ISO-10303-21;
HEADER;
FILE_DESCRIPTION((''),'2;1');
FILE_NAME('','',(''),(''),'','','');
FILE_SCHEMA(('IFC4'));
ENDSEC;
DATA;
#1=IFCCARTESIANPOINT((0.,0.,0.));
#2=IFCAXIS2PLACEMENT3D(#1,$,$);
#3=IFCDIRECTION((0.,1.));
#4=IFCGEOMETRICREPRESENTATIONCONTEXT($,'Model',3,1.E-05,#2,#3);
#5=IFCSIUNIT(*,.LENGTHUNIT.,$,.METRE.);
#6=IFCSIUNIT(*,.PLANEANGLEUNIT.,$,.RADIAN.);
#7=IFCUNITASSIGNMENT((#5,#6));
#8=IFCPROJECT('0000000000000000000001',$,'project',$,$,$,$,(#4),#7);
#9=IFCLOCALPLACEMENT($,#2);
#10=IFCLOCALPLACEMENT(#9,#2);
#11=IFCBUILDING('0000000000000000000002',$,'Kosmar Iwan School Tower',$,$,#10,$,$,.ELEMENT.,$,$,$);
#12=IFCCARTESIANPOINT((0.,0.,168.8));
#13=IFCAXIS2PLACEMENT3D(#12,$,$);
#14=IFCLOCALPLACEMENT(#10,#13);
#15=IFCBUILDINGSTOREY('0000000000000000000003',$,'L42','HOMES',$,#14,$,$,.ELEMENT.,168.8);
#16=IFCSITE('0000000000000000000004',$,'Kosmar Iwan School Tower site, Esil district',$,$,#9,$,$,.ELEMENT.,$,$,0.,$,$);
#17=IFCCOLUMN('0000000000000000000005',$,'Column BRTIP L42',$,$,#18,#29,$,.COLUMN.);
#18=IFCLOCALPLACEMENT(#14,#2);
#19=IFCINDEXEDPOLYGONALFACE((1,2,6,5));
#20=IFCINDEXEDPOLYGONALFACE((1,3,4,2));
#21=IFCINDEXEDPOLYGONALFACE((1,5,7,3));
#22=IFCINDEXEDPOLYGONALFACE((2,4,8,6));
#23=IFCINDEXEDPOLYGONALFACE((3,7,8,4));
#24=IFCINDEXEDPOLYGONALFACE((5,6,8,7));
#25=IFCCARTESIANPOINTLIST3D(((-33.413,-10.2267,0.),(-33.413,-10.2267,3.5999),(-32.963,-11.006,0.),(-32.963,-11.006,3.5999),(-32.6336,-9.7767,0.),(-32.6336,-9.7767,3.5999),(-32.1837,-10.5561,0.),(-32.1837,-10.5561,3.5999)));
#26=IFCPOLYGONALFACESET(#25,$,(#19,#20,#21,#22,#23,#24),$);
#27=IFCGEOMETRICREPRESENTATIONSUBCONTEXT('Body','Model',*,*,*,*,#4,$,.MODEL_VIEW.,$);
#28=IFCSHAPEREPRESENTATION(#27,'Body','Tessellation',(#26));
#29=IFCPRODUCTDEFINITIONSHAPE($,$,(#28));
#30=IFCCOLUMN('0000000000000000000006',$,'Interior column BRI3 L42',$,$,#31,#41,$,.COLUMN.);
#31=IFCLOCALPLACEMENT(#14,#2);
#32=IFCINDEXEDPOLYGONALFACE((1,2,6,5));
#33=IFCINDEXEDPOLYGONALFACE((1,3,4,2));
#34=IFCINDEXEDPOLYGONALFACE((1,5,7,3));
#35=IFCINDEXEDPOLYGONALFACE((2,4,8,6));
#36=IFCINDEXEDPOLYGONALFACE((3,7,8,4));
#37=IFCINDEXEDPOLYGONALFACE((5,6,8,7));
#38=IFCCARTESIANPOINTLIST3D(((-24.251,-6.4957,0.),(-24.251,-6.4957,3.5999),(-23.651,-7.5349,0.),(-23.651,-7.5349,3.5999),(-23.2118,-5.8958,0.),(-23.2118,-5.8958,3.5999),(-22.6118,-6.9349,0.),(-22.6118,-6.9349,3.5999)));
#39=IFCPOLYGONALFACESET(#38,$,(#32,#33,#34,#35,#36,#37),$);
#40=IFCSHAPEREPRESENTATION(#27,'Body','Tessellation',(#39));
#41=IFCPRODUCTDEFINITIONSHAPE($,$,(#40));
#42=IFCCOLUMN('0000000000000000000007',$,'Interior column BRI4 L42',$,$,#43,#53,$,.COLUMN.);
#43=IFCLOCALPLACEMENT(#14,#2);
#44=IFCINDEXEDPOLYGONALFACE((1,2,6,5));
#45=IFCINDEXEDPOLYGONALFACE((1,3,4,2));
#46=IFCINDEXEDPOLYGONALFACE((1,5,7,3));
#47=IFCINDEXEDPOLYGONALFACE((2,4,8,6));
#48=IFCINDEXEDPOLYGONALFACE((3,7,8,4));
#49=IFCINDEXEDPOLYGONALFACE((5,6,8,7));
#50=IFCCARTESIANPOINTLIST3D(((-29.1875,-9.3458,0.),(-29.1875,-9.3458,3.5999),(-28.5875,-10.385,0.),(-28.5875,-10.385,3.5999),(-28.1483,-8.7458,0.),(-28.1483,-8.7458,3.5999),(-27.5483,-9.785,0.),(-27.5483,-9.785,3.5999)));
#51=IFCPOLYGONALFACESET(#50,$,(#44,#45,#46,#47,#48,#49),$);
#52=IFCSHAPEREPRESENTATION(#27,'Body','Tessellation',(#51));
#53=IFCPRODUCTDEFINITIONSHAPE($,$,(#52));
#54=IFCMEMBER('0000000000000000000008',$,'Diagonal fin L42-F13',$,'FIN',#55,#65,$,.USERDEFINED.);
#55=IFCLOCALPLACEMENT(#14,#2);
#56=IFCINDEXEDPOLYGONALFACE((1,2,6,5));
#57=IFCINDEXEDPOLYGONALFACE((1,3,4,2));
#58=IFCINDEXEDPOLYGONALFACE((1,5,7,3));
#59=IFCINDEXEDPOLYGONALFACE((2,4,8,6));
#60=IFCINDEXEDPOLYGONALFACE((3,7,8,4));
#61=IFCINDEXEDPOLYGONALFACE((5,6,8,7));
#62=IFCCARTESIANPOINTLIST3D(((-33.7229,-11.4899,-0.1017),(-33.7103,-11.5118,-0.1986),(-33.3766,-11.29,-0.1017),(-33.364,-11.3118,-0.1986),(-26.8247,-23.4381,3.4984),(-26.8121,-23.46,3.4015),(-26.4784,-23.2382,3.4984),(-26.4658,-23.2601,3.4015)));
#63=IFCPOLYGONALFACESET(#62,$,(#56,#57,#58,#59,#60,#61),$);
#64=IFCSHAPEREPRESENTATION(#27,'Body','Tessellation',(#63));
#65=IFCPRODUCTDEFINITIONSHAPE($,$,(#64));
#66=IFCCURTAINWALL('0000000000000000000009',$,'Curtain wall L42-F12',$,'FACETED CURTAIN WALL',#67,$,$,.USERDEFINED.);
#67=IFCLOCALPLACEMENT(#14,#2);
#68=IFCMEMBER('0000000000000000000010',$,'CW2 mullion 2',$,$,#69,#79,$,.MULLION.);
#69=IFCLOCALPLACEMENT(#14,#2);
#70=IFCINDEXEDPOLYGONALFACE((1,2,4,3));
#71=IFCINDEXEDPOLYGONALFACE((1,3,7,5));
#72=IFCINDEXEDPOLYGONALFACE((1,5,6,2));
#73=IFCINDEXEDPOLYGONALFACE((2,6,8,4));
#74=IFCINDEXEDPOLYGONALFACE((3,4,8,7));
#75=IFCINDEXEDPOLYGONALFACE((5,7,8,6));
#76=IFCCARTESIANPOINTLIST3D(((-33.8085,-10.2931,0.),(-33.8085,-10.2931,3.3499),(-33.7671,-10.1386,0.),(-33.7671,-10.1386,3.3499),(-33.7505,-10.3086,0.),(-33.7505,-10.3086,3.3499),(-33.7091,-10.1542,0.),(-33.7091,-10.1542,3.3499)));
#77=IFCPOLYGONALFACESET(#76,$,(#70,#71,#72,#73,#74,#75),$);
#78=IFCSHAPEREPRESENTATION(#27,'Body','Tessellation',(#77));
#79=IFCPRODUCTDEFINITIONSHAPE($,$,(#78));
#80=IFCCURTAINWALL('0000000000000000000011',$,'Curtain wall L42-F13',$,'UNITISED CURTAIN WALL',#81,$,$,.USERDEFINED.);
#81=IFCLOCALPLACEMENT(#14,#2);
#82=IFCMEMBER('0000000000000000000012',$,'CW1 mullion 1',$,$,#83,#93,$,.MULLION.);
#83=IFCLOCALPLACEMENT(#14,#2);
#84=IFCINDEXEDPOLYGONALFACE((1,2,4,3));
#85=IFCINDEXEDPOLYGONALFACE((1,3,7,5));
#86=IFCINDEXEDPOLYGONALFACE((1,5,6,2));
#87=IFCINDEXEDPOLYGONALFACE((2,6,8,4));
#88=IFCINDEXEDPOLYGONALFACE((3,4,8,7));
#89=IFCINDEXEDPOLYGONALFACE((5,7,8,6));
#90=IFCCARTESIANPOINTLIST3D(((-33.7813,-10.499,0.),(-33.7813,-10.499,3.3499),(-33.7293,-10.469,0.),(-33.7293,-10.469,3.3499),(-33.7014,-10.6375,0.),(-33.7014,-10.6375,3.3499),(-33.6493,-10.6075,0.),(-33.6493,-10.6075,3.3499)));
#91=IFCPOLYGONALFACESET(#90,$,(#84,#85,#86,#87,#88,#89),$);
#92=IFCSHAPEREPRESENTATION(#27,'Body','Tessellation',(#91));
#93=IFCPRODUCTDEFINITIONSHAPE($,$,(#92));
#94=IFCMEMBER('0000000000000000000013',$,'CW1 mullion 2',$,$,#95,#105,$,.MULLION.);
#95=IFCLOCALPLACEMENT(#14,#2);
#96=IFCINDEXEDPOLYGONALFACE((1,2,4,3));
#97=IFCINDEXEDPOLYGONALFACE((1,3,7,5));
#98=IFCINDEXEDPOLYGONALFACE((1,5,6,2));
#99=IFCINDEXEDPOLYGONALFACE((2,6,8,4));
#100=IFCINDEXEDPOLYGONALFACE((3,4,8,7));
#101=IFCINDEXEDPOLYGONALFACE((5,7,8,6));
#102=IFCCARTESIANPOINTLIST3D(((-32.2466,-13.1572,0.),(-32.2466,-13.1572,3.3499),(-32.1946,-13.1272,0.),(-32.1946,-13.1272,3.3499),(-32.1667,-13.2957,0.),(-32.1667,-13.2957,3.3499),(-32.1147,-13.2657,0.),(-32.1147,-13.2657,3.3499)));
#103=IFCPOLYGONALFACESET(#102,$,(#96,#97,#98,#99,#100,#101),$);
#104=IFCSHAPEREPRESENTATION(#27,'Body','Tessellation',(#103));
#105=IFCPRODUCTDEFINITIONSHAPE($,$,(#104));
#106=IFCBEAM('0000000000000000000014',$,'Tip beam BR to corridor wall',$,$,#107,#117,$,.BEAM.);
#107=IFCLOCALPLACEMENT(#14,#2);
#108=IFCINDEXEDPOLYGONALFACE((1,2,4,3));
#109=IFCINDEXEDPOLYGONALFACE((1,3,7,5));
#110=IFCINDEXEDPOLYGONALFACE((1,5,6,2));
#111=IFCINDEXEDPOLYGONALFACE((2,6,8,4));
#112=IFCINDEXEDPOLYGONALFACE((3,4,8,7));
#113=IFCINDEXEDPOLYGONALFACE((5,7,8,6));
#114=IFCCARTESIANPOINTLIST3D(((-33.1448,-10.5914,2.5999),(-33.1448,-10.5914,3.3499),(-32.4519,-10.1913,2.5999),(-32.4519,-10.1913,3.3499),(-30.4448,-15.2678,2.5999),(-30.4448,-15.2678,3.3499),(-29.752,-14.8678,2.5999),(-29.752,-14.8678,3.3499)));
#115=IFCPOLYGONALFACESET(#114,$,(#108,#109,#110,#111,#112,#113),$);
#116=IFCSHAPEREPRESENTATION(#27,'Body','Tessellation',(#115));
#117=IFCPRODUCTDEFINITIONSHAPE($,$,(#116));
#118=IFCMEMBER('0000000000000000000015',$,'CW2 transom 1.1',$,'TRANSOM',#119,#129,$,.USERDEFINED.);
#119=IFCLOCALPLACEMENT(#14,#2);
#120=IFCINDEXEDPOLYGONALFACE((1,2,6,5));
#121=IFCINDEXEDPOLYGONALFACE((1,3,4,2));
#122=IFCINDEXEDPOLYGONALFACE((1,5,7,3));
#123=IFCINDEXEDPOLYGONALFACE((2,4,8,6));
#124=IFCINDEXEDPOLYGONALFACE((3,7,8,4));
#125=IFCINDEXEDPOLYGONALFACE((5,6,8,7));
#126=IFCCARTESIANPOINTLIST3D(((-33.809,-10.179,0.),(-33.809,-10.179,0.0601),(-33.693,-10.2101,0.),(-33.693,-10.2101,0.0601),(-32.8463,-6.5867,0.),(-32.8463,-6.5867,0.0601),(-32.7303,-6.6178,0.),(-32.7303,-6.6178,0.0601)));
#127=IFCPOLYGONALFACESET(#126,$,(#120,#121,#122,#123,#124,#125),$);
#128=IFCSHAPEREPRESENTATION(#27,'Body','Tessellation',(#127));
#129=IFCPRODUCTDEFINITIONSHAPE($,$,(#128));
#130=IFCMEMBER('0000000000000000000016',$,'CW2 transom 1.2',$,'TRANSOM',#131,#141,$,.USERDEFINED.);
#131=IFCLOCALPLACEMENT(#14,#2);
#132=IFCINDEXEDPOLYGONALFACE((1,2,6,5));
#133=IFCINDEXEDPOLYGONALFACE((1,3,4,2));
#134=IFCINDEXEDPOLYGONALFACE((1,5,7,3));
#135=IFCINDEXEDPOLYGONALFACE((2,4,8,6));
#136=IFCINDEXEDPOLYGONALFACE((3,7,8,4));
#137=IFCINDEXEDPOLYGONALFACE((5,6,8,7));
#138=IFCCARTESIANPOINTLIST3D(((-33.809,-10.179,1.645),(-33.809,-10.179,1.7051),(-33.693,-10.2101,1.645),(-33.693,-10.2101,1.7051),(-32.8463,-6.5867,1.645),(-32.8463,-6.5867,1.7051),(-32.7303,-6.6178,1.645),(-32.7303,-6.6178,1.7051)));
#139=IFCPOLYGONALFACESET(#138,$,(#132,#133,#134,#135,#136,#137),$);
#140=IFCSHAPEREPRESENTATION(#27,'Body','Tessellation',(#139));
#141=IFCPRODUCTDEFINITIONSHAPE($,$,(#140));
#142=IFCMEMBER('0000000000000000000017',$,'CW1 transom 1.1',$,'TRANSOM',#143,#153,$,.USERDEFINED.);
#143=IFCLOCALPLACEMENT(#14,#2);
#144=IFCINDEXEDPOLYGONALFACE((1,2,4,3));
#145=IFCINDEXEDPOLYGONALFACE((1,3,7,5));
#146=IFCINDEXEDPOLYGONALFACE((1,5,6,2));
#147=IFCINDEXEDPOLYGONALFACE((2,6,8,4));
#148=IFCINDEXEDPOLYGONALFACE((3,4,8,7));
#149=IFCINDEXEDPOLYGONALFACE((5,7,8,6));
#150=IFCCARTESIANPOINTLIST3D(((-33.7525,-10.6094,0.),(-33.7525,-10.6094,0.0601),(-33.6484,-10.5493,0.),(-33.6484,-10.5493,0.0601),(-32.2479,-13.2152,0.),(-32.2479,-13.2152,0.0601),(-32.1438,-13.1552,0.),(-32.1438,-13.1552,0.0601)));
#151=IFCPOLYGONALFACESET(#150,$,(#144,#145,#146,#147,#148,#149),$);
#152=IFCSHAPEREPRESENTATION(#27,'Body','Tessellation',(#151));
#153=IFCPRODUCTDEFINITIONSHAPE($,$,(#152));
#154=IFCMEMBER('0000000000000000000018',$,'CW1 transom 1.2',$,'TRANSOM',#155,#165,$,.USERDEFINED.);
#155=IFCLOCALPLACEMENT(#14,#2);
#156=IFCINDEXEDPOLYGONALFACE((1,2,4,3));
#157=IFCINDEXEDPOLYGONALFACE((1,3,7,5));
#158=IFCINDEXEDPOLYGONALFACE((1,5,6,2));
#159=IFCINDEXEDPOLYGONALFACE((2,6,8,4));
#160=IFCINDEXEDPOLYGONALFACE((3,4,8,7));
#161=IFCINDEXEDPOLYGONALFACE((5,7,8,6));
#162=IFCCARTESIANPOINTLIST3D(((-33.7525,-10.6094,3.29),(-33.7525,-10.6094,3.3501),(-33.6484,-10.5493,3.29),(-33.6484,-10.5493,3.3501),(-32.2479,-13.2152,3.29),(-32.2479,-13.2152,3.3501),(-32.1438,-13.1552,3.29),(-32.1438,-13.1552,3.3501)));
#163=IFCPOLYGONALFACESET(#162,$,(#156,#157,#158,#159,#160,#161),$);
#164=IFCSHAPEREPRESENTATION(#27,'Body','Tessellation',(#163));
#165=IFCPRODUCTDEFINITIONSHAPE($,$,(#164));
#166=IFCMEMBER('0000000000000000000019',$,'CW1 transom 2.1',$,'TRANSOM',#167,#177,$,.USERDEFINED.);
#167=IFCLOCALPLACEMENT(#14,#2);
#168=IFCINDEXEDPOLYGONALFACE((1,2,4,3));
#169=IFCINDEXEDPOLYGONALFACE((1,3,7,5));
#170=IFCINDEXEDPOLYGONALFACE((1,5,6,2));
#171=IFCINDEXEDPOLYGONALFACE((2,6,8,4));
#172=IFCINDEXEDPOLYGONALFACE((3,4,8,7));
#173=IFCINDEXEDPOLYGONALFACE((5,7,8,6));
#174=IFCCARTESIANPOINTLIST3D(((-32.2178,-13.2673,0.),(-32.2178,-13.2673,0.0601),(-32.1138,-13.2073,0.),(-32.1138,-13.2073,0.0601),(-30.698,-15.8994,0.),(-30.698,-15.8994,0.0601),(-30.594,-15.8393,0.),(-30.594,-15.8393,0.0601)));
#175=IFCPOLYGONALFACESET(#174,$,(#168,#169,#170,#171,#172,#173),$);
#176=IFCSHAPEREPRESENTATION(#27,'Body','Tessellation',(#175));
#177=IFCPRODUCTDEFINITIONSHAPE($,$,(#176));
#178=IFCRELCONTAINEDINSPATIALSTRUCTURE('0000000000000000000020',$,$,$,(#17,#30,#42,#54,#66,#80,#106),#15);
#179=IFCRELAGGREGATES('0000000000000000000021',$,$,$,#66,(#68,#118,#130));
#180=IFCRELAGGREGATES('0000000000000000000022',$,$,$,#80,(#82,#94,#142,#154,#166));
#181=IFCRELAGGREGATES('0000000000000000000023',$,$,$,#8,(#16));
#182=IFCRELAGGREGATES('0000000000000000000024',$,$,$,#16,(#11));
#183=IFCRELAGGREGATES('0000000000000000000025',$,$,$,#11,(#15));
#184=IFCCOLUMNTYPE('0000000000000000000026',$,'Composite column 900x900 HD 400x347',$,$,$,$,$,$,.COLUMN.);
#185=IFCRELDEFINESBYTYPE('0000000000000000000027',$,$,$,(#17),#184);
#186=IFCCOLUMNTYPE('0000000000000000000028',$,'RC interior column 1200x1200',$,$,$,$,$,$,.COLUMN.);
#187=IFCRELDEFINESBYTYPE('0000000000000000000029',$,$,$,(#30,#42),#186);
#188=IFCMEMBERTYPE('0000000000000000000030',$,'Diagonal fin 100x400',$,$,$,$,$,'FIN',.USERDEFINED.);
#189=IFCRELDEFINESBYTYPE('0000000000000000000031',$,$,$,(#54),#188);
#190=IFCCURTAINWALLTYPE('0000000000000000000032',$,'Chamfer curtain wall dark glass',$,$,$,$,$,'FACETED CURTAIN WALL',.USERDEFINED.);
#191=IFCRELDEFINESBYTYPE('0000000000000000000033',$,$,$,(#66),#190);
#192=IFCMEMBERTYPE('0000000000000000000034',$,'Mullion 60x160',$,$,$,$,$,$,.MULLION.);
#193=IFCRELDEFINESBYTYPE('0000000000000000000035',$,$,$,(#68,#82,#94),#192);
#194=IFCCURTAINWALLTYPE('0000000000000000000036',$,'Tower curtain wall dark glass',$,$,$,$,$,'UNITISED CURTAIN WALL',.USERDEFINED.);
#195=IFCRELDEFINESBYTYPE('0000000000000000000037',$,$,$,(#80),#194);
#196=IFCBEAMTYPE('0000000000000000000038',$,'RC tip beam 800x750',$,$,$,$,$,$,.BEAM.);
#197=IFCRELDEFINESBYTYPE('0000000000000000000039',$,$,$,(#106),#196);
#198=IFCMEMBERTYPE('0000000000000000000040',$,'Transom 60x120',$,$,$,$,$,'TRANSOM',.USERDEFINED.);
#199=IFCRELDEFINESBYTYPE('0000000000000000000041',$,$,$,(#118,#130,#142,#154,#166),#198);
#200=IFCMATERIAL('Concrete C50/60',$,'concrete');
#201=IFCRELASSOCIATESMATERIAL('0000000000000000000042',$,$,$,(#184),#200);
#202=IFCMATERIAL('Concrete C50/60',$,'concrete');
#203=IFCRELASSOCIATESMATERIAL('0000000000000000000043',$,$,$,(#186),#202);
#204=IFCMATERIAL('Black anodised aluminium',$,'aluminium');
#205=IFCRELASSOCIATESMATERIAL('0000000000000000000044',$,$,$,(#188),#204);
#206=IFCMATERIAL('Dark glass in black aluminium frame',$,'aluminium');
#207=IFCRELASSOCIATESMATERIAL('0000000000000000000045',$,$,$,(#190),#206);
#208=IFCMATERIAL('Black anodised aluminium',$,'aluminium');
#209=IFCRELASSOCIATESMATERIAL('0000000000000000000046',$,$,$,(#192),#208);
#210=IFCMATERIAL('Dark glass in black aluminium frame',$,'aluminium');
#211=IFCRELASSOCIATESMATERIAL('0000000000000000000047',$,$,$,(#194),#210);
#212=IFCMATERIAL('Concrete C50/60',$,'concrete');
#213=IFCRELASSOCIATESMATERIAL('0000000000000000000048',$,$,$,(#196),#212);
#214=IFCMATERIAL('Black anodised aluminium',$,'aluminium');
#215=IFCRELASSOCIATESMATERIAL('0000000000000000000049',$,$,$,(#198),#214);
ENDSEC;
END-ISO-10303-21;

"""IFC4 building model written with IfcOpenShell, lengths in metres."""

from ifc_helpers import new_model, si_unit, direction, frame, origin, origin_2d, place, context, subcontext, project, spatial, rectangle, extrude, material, material_profile, profile_set, type_object, element, aggregate, save


model = new_model("IFC4")

# Units and contexts
model_context = context("Model", 3, precision=1e-05, world=origin(), true_north=direction((0.0, 1.0)))
body_context = subcontext(model_context, "Body", "Model", "MODEL_VIEW")
ifc_project = project(units=[si_unit("LENGTHUNIT", "METRE"), si_unit("PLANEANGLEUNIT", "RADIAN")], contexts=[model_context])

# Site, building, storey
site_placement = place(None, origin())
site = spatial("IfcSite", under=ifc_project, at=site_placement, Name="Kosmar Iwan School Tower site, Esil district", CompositionType="ELEMENT", RefElevation=0.0)
building_placement = place(site_placement, origin())
building = spatial("IfcBuilding", under=site, at=building_placement, Name="Kosmar Iwan School Tower", CompositionType="ELEMENT")
storey_placement = place(building_placement, frame((0.0, 0.0, 168.8)))
storey = spatial("IfcBuildingStorey", under=building, at=storey_placement, Name="L42", Description="HOMES", CompositionType="ELEMENT", Elevation=168.8)

# Columns
ifc_material_1 = material(Name="Concrete C50/60", Category="concrete")
ifc_material_profile_1 = material_profile(ifc_material_1, rectangle(XDim=0.8999, YDim=0.8999, at=origin_2d()), Name="RC 900x900 + HD 400x347")
ifc_profile_set_1 = profile_set([ifc_material_profile_1], Name="Concrete C50/60")
column_type_1 = type_object("IfcColumnType", Name="Composite column 900x900 HD 400x347", PredefinedType="COLUMN", material=ifc_profile_set_1)
column_placement = place(storey_placement, frame((-32.7983, -10.3914, 0.0), z_axis=(0.0, 0.0, 1.0), x_axis=(-0.866025, -0.5, 0.0)))
element("IfcColumn", 1, at=column_placement, inside=storey, type_object=column_type_1, Name="Column BRTIP L42", PredefinedType="COLUMN", context=body_context, shape_type="SweptSolid", body=[
    extrude(rectangle(XDim=0.8999, YDim=0.8999, at=origin_2d()), origin(), (0.0, 0.0, 1.0), 3.5999),
])
ifc_material_2 = material(Name="Concrete C50/60", Category="concrete")
ifc_material_profile_2 = material_profile(ifc_material_2, rectangle(XDim=1.2, YDim=1.2, at=origin_2d()), Name="RC 1200x1200")
ifc_profile_set_2 = profile_set([ifc_material_profile_2], Name="Concrete C50/60")
column_type_2 = type_object("IfcColumnType", Name="RC interior column 1200x1200", PredefinedType="COLUMN", material=ifc_profile_set_2)
for number, where, z_axis, x_axis, name in (
    (2, (-23.4314, -6.7153, 0.0), (0.0, 0.0, 1.0), (-0.866025, -0.5, 0.0), "Interior column BRI3 L42"),
    (3, (-28.3679, -9.5654, 0.0), (0.0, 0.0, 1.0), (-0.866025, -0.5, 0.0), "Interior column BRI4 L42"),
):
    element("IfcColumn", number, at=place(storey_placement, frame(where, z_axis=z_axis, x_axis=x_axis)), inside=storey, type_object=column_type_2, Name=name, PredefinedType="COLUMN", context=body_context, shape_type="SweptSolid", body=[
        extrude(rectangle(XDim=1.2, YDim=1.2, at=origin_2d()), origin(), (0.0, 0.0, 1.0), 3.5999),
    ])

# Member
ifc_material_3 = material(Name="Black anodised aluminium", Category="aluminium")
ifc_material_profile_3 = material_profile(ifc_material_3, rectangle(XDim=0.1001, YDim=0.3999, at=origin_2d()), Name="FIN 100x400")
ifc_profile_set_3 = profile_set([ifc_material_profile_3], Name="Black anodised aluminium")
member_type_1 = type_object("IfcMemberType", Name="Diagonal fin 100x400", ElementType="FIN", PredefinedType="USERDEFINED", material=ifc_profile_set_3)
member_1_placement = place(storey_placement, frame((-33.5435, -11.4009, -0.1501), z_axis=(0.483793, -0.83797, 0.252487), x_axis=(-0.126242, 0.218661, 0.9676)))
element("IfcMember", 4, at=member_1_placement, inside=storey, type_object=member_type_1, Name="Diagonal fin L42-F13", ObjectType="FIN", PredefinedType="USERDEFINED", context=body_context, shape_type="SweptSolid", body=[
    extrude(rectangle(XDim=0.1001, YDim=0.3999, at=origin_2d()), origin(), (0.0, 0.0, 1.0), 14.2585),
])

# Curtain wall, member
ifc_material_4 = material(Name="Dark glass in black aluminium frame", Category="aluminium")
curtain_wall_type_1 = type_object("IfcCurtainWallType", Name="Chamfer curtain wall dark glass", ElementType="FACETED CURTAIN WALL", PredefinedType="USERDEFINED", material=ifc_material_4)
curtain_wall_1_placement = place(storey_placement, origin())
curtain_wall_1 = element("IfcCurtainWall", 5, at=curtain_wall_1_placement, inside=storey, type_object=curtain_wall_type_1, Name="Curtain wall L42-F12", ObjectType="FACETED CURTAIN WALL", PredefinedType="USERDEFINED")
ifc_material_5 = material(Name="Black anodised aluminium", Category="aluminium")
ifc_material_profile_4 = material_profile(ifc_material_5, rectangle(XDim=0.0601, YDim=0.1599, at=origin_2d()), Name="MULLION 60x160")
ifc_profile_set_4 = profile_set([ifc_material_profile_4], Name="Black anodised aluminium")
member_type_2 = type_object("IfcMemberType", Name="Mullion 60x160", PredefinedType="MULLION", material=ifc_profile_set_4)
member_2_placement = place(storey_placement, frame((-33.7588, -10.2236, 0.0), z_axis=(0.0, 0.0, 1.0), x_axis=(0.965926, -0.258819, 0.0)))
member_2 = element("IfcMember", 6, at=member_2_placement, type_object=member_type_2, Name="CW2 mullion 2", PredefinedType="MULLION", context=body_context, shape_type="SweptSolid", body=[
    extrude(rectangle(XDim=0.0601, YDim=0.1599, at=origin_2d()), origin(), (0.0, 0.0, 1.0), 3.3499),
])

# Curtain wall, members
ifc_material_6 = material(Name="Dark glass in black aluminium frame", Category="aluminium")
curtain_wall_type_2 = type_object("IfcCurtainWallType", Name="Tower curtain wall dark glass", ElementType="UNITISED CURTAIN WALL", PredefinedType="USERDEFINED", material=ifc_material_6)
curtain_wall_2_placement = place(storey_placement, origin())
curtain_wall_2 = element("IfcCurtainWall", 7, at=curtain_wall_2_placement, inside=storey, type_object=curtain_wall_type_2, Name="Curtain wall L42-F13", ObjectType="UNITISED CURTAIN WALL", PredefinedType="USERDEFINED")
member_3_placement = place(storey_placement, frame((-33.7153, -10.5532, 0.0), z_axis=(0.0, 0.0, 1.0), x_axis=(0.866025, 0.5, 0.0)))
member_3 = element("IfcMember", 8, at=member_3_placement, type_object=member_type_2, Name="CW1 mullion 1", PredefinedType="MULLION", context=body_context, shape_type="SweptSolid", body=[
    extrude(rectangle(XDim=0.0601, YDim=0.1599, at=origin_2d()), origin(), (0.0, 0.0, 1.0), 3.3499),
])
member_4_placement = place(storey_placement, frame((-32.1807, -13.2114, 0.0), z_axis=(0.0, 0.0, 1.0), x_axis=(0.866025, 0.5, 0.0)))
member_4 = element("IfcMember", 9, at=member_4_placement, type_object=member_type_2, Name="CW1 mullion 2", PredefinedType="MULLION", context=body_context, shape_type="SweptSolid", body=[
    extrude(rectangle(XDim=0.0601, YDim=0.1599, at=origin_2d()), origin(), (0.0, 0.0, 1.0), 3.3499),
])

# Beam
ifc_material_7 = material(Name="Concrete C50/60", Category="concrete")
ifc_material_profile_5 = material_profile(ifc_material_7, rectangle(XDim=0.8, YDim=0.75, at=origin_2d()), Name="RC 800x750")
ifc_profile_set_5 = profile_set([ifc_material_profile_5], Name="Concrete C50/60")
beam_type = type_object("IfcBeamType", Name="RC tip beam 800x750", PredefinedType="BEAM", material=ifc_profile_set_5)
beam_placement = place(storey_placement, frame((-32.7983, -10.3914, 2.9749), z_axis=(0.499995, -0.866028, 0.0), x_axis=(0.866028, 0.499995, 0.0)))
element("IfcBeam", 10, at=beam_placement, inside=storey, type_object=beam_type, Name="Tip beam BR to corridor wall", PredefinedType="BEAM", context=body_context, shape_type="SweptSolid", body=[
    extrude(rectangle(XDim=0.8, YDim=0.75, at=origin_2d()), origin(), (0.0, 0.0, 1.0), 5.3999),
])

# Members
ifc_material_8 = material(Name="Black anodised aluminium", Category="aluminium")
ifc_material_profile_6 = material_profile(ifc_material_8, rectangle(XDim=0.1201, YDim=0.0601, at=origin_2d()), Name="TRANSOM 60x120")
ifc_profile_set_6 = profile_set([ifc_material_profile_6], Name="Black anodised aluminium")
member_type_3 = type_object("IfcMemberType", Name="Transom 60x120", ElementType="TRANSOM", PredefinedType="USERDEFINED", material=ifc_profile_set_6)
member_5_placement = place(storey_placement, frame((-32.7883, -6.6023, 0.03), z_axis=(-0.258843, -0.965919, 0.0), x_axis=(0.965919, -0.258843, 0.0)))
member_5 = element("IfcMember", 11, at=member_5_placement, type_object=member_type_3, Name="CW2 transom 1.1", ObjectType="TRANSOM", PredefinedType="USERDEFINED", context=body_context, shape_type="SweptSolid", body=[
    extrude(rectangle(XDim=0.1201, YDim=0.0601, at=origin_2d()), origin(), (0.0, 0.0, 1.0), 3.719),
])
member_6_placement = place(storey_placement, frame((-32.7883, -6.6023, 1.675), z_axis=(-0.258843, -0.965919, 0.0), x_axis=(0.965919, -0.258843, 0.0)))
member_6 = element("IfcMember", 12, at=member_6_placement, type_object=member_type_3, Name="CW2 transom 1.2", ObjectType="TRANSOM", PredefinedType="USERDEFINED", context=body_context, shape_type="SweptSolid", body=[
    extrude(rectangle(XDim=0.1201, YDim=0.0601, at=origin_2d()), origin(), (0.0, 0.0, 1.0), 3.719),
])
member_7_placement = place(storey_placement, frame((-33.7004, -10.5793, 0.03), z_axis=(0.500022, -0.866013, 0.0), x_axis=(0.866013, 0.500022, 0.0)))
member_7 = element("IfcMember", 13, at=member_7_placement, type_object=member_type_3, Name="CW1 transom 1.1", ObjectType="TRANSOM", PredefinedType="USERDEFINED", context=body_context, shape_type="SweptSolid", body=[
    extrude(rectangle(XDim=0.1201, YDim=0.0601, at=origin_2d()), origin(), (0.0, 0.0, 1.0), 3.009),
])
member_8_placement = place(storey_placement, frame((-33.7004, -10.5793, 3.3201), z_axis=(0.500022, -0.866013, 0.0), x_axis=(0.866013, 0.500022, 0.0)))
member_8 = element("IfcMember", 14, at=member_8_placement, type_object=member_type_3, Name="CW1 transom 1.2", ObjectType="TRANSOM", PredefinedType="USERDEFINED", context=body_context, shape_type="SweptSolid", body=[
    extrude(rectangle(XDim=0.1201, YDim=0.0601, at=origin_2d()), origin(), (0.0, 0.0, 1.0), 3.009),
])
member_9_placement = place(storey_placement, frame((-32.1658, -13.2373, 0.03), z_axis=(0.500035, -0.866005, 0.0), x_axis=(0.866005, 0.500035, 0.0)))
member_9 = element("IfcMember", 15, at=member_9_placement, type_object=member_type_3, Name="CW1 transom 2.1", ObjectType="TRANSOM", PredefinedType="USERDEFINED", context=body_context, shape_type="SweptSolid", body=[
    extrude(rectangle(XDim=0.1201, YDim=0.0601, at=origin_2d()), origin(), (0.0, 0.0, 1.0), 3.0393),
])

aggregate(curtain_wall_1, [member_2, member_5, member_6])
aggregate(curtain_wall_2, [member_3, member_4, member_7, member_8, member_9])

save(model, "model.ifc")
